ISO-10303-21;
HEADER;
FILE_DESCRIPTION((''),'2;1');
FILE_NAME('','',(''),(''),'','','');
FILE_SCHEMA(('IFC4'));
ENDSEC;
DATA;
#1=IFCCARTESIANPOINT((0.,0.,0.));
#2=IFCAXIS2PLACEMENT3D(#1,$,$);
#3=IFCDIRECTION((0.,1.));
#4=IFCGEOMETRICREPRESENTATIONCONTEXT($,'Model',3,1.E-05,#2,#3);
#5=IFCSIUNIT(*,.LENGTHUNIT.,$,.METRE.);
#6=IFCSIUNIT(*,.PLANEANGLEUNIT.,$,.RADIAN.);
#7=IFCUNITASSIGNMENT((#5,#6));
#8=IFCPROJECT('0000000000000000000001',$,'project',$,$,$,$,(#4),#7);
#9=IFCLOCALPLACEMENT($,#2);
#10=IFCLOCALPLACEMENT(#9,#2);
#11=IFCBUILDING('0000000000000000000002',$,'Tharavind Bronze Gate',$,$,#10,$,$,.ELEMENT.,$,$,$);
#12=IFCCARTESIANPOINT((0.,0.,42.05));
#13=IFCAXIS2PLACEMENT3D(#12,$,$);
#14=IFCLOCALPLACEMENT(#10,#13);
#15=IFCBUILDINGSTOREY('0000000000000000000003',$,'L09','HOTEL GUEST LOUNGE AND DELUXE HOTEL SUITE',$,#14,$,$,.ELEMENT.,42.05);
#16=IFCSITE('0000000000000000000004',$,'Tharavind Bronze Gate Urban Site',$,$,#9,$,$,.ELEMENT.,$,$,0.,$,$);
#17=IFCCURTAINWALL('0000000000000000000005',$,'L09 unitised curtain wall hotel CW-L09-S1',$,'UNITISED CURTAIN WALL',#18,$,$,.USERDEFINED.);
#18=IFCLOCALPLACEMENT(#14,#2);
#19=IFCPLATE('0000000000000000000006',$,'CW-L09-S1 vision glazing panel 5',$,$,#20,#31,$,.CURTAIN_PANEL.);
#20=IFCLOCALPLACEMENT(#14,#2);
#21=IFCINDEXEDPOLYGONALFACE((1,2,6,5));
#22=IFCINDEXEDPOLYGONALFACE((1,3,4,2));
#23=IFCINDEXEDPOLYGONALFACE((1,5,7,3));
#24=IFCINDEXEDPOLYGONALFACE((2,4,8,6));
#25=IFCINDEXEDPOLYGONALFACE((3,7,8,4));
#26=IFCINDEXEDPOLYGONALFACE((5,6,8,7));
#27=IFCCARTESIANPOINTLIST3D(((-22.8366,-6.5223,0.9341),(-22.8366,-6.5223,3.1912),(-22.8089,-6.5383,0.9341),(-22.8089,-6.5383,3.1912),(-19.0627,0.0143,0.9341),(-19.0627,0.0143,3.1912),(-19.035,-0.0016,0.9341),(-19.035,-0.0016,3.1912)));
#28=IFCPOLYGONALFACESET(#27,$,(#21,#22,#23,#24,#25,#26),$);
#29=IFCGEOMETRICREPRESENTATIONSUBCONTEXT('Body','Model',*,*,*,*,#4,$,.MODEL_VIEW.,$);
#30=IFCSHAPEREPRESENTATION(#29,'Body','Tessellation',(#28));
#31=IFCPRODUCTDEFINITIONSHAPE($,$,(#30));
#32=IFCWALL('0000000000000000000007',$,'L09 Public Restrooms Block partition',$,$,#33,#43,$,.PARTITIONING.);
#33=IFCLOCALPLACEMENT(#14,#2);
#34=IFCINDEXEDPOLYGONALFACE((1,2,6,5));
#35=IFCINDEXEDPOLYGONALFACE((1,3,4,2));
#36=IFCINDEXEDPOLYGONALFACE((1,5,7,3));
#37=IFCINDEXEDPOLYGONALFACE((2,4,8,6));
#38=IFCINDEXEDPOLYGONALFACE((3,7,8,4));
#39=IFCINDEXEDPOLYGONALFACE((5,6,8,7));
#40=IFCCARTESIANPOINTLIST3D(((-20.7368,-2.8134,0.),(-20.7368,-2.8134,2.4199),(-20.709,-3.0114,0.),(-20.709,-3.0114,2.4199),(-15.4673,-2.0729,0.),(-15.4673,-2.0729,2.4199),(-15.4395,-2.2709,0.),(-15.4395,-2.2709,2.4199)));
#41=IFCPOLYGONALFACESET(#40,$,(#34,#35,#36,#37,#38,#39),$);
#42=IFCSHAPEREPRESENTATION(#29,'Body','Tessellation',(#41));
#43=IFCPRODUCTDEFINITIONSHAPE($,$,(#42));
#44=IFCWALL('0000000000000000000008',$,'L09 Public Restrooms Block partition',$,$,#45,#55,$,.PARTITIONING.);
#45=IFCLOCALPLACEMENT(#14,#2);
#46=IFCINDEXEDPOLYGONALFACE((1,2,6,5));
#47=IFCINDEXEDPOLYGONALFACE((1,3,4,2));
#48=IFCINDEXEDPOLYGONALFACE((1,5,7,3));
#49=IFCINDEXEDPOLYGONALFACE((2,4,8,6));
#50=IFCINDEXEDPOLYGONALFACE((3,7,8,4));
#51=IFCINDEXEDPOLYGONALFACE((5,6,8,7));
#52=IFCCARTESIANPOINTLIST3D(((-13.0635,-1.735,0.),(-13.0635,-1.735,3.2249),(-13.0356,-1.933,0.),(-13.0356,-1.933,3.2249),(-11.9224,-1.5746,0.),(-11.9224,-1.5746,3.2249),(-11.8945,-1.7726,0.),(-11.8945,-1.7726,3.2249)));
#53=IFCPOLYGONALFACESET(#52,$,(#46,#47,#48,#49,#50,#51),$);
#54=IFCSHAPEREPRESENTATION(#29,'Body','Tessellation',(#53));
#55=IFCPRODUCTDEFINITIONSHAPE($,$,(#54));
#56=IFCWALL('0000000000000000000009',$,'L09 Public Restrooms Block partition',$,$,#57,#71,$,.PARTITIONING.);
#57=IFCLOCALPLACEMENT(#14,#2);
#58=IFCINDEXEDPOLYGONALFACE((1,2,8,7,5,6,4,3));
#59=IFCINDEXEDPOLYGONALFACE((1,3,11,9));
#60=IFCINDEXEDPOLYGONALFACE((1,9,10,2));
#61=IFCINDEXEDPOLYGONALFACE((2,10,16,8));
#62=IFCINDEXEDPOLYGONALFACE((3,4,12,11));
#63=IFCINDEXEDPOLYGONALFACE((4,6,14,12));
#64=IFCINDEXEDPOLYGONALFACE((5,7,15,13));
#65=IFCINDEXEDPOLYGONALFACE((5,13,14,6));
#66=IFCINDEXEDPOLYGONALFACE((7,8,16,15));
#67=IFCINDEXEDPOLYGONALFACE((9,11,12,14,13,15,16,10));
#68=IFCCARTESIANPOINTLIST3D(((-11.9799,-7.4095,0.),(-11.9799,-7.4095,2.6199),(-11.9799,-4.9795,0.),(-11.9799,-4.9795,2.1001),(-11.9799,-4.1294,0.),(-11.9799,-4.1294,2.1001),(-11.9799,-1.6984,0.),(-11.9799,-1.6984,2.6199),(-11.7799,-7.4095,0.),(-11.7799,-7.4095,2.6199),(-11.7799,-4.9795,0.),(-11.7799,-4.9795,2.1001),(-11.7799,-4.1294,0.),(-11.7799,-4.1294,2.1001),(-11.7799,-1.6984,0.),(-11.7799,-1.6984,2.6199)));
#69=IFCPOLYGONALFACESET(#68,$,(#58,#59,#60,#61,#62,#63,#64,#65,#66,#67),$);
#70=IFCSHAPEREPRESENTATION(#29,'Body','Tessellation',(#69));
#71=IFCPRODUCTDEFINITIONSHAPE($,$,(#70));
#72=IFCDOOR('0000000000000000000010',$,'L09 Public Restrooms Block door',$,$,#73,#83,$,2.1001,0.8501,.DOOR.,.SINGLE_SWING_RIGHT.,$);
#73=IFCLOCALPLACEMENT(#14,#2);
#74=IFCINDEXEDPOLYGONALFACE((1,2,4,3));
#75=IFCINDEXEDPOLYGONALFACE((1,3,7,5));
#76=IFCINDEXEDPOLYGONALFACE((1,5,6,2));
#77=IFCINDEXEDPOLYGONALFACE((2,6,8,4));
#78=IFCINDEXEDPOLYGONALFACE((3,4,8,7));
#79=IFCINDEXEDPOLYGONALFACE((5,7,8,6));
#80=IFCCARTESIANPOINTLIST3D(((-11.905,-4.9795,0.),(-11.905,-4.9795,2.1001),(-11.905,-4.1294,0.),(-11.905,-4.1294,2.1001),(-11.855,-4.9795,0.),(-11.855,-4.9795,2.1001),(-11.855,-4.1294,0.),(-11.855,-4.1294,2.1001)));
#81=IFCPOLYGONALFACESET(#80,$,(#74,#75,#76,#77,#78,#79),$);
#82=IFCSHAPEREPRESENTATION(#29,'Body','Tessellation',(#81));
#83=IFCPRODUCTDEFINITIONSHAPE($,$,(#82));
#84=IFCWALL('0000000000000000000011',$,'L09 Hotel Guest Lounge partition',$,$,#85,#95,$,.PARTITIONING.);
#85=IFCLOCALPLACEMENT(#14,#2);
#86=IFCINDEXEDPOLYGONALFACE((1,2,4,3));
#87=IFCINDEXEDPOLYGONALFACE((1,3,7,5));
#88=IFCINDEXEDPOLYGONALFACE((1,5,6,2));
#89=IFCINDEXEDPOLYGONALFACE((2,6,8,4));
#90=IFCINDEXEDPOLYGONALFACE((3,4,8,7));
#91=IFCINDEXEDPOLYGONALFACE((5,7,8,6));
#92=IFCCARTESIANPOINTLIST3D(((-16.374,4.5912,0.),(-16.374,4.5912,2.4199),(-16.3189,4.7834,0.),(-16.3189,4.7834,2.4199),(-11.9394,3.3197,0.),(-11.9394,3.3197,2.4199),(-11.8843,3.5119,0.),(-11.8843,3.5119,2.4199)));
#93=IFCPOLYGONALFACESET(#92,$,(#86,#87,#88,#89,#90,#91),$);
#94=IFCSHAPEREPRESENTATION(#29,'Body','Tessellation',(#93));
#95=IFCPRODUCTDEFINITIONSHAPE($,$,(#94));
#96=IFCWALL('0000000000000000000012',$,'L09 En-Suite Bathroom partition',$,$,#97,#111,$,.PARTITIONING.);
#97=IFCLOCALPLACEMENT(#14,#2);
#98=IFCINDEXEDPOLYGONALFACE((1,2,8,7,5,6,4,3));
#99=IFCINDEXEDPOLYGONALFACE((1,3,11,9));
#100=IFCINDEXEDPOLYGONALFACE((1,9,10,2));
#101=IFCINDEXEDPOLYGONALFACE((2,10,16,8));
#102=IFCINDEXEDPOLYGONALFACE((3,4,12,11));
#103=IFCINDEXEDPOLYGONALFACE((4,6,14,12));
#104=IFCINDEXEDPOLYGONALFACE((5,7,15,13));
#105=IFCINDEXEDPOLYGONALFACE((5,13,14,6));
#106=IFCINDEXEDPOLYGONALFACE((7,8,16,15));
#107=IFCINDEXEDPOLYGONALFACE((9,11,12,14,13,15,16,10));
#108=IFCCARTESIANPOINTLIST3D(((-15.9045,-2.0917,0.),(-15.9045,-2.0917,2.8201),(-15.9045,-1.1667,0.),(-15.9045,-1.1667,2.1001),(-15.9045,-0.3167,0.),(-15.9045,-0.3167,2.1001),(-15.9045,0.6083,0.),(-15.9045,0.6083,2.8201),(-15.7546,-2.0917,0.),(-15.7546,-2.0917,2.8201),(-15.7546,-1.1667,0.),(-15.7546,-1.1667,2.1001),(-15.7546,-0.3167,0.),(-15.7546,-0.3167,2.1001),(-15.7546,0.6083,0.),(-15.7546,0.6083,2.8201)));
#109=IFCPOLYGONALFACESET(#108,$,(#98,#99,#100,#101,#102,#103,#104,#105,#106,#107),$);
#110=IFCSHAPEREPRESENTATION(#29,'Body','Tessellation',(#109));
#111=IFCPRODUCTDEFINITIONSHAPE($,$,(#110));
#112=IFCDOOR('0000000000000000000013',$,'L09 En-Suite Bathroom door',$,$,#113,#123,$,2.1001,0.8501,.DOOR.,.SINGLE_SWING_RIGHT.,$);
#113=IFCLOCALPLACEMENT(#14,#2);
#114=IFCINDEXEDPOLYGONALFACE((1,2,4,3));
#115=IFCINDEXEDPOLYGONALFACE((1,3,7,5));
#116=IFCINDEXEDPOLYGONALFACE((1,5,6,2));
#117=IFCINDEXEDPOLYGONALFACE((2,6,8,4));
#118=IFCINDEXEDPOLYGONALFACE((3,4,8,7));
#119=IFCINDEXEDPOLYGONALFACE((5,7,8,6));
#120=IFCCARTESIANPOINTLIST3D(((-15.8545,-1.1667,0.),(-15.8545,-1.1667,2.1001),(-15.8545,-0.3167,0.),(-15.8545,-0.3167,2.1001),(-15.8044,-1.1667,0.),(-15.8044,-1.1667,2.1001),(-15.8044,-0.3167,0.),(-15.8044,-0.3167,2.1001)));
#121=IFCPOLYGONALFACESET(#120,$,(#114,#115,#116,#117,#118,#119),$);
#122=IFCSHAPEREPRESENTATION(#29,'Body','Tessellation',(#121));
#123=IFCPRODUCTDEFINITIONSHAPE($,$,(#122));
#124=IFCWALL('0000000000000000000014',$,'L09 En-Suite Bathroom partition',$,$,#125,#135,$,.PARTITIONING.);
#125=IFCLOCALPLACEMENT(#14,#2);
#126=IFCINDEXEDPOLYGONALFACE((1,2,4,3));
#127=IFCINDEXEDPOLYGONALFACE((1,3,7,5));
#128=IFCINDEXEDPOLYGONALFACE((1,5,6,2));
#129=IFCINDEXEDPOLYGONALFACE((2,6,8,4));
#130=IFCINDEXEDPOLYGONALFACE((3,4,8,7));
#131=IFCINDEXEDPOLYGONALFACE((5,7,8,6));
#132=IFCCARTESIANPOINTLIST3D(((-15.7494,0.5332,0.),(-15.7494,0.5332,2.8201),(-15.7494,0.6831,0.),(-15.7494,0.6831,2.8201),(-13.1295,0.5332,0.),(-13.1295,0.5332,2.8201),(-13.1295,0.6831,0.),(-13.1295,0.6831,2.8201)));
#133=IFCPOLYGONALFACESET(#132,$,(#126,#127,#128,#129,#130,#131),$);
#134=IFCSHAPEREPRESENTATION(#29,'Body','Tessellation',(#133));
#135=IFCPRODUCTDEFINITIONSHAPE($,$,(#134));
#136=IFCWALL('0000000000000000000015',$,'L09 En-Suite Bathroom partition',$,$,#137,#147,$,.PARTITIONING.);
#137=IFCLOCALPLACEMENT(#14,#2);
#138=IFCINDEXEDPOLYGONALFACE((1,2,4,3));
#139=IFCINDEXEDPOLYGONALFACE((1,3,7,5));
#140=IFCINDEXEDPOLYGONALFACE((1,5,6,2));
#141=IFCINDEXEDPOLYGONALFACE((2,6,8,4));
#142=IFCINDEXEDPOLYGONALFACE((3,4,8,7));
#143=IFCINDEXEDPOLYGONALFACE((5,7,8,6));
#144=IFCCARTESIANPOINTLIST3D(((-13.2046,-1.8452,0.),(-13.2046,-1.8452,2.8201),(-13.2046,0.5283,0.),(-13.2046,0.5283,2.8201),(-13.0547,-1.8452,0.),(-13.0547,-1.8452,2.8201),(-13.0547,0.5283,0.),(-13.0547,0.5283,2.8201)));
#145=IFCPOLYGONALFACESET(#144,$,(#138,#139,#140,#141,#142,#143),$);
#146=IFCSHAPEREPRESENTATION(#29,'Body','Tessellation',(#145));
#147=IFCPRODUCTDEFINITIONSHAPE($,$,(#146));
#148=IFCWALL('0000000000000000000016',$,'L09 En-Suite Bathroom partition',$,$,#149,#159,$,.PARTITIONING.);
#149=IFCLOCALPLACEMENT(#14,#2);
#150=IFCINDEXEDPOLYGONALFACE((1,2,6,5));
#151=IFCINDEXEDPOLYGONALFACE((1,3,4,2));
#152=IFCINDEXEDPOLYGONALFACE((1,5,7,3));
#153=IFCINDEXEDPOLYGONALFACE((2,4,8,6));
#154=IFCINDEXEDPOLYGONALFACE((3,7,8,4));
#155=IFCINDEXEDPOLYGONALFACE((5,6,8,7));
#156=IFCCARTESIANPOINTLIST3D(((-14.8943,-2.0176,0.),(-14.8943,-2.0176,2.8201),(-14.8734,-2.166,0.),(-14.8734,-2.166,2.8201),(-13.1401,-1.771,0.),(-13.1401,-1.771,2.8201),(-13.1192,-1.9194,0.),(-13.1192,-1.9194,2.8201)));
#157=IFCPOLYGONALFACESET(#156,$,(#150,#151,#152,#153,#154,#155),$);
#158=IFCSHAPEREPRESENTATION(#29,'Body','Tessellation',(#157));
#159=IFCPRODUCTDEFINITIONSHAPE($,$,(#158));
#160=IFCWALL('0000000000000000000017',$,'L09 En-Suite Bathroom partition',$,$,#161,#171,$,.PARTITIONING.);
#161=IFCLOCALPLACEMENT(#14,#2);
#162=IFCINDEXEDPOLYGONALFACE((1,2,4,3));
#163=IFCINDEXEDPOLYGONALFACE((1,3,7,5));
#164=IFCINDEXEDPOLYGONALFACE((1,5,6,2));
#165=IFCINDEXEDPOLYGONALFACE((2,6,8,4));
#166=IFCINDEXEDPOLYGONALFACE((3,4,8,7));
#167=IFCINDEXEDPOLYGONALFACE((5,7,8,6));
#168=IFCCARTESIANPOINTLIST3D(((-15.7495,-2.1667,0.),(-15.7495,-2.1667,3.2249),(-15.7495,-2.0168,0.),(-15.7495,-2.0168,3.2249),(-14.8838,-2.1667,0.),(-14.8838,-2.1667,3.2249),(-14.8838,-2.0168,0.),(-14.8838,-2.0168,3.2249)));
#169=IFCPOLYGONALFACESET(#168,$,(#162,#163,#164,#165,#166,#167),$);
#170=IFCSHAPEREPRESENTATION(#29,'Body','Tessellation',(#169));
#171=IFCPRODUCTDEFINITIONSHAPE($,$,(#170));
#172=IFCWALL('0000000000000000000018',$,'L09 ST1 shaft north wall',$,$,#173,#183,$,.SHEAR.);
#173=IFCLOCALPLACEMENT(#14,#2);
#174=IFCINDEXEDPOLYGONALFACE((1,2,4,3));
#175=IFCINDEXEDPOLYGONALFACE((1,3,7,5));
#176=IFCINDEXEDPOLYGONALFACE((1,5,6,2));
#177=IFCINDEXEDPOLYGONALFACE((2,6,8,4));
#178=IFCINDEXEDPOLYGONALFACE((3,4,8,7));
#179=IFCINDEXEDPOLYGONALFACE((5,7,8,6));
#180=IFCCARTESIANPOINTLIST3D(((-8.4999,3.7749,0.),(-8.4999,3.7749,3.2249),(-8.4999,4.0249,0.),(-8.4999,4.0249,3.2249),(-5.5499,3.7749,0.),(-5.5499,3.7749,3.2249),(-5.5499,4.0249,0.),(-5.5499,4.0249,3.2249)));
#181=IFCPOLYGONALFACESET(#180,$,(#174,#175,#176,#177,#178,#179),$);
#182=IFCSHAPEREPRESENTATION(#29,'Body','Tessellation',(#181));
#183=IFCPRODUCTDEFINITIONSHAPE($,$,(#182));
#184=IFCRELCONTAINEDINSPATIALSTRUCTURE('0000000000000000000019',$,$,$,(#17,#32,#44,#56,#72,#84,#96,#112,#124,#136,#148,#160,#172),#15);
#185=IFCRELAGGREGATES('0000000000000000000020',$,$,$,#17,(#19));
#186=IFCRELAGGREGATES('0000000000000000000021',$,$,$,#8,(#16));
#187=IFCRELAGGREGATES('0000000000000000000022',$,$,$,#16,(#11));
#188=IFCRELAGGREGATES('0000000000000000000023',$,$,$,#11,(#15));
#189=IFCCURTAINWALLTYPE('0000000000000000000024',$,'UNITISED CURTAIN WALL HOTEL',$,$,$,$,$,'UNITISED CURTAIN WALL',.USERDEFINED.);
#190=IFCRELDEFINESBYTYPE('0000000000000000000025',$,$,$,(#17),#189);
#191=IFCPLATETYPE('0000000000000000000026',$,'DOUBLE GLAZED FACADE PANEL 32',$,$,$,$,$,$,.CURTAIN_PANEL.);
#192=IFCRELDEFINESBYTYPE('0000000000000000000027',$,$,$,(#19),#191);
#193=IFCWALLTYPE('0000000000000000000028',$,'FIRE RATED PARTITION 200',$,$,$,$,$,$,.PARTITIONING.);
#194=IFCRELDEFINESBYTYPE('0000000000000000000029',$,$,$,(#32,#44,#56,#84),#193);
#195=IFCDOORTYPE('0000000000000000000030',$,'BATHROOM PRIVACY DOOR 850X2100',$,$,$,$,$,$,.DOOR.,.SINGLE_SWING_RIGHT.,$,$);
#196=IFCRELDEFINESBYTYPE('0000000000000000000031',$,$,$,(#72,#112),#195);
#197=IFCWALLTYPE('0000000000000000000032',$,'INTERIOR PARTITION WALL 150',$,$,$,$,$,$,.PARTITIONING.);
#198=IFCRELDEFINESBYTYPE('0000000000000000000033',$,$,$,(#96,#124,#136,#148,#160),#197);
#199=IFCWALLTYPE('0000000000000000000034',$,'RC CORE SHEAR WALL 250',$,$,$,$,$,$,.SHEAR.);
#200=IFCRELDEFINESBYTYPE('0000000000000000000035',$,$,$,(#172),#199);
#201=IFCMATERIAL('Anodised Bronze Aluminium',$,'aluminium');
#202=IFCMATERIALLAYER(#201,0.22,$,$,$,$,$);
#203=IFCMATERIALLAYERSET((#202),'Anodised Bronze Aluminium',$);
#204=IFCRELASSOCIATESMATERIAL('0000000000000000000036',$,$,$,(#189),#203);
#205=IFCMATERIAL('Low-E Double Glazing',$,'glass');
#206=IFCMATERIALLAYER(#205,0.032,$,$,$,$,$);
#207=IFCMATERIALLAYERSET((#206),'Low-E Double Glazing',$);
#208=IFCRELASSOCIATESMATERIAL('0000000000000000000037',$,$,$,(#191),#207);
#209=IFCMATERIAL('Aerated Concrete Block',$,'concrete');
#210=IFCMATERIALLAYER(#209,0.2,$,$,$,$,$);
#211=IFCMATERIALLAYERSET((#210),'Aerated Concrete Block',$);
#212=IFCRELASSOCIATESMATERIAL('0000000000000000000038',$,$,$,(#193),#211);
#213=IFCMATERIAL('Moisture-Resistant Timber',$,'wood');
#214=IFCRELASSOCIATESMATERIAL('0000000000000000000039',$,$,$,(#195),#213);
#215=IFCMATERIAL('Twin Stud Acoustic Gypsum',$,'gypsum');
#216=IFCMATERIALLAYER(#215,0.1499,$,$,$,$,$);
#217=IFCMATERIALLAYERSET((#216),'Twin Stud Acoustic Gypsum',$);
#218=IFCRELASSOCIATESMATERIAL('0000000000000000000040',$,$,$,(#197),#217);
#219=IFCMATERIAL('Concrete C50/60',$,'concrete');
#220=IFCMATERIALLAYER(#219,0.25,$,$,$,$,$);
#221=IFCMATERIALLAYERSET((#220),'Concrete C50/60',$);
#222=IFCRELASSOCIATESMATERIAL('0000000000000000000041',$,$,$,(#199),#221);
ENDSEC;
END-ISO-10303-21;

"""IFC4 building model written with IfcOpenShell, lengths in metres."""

from ifc_helpers import new_model, si_unit, direction, frame, frame_2d, origin, origin_2d, place, context, subcontext, project, spatial, rectangle, extrude, material, layer, layer_set, type_object, element, fill, aggregate, save


model = new_model("IFC4")

# Units and contexts
model_context = context("Model", 3, precision=1e-05, world=origin(), true_north=direction((0.0, 1.0)))
body_context = subcontext(model_context, "Body", "Model", "MODEL_VIEW")
ifc_project = project(units=[si_unit("LENGTHUNIT", "METRE"), si_unit("PLANEANGLEUNIT", "RADIAN")], contexts=[model_context])

# Site, building, storey
site_placement = place(None, origin())
site = spatial("IfcSite", under=ifc_project, at=site_placement, Name="Tharavind Bronze Gate Urban Site", CompositionType="ELEMENT", RefElevation=0.0)
building_placement = place(site_placement, origin())
building = spatial("IfcBuilding", under=site, at=building_placement, Name="Tharavind Bronze Gate", CompositionType="ELEMENT")
storey_placement = place(building_placement, frame((0.0, 0.0, 42.05)))
storey = spatial("IfcBuildingStorey", under=building, at=storey_placement, Name="L09", Description="HOTEL GUEST LOUNGE AND DELUXE HOTEL SUITE", CompositionType="ELEMENT", Elevation=42.05)

# Curtain wall
ifc_material_1 = material(Name="Anodised Bronze Aluminium", Category="aluminium")
ifc_layer_1 = layer(ifc_material_1, 0.22)
ifc_layer_set_1 = layer_set([ifc_layer_1], Name="Anodised Bronze Aluminium")
curtain_wall_type = type_object("IfcCurtainWallType", Name="UNITISED CURTAIN WALL HOTEL", ElementType="UNITISED CURTAIN WALL", PredefinedType="USERDEFINED", material=ifc_layer_set_1)
curtain_wall_placement = place(storey_placement, origin())
curtain_wall = element("IfcCurtainWall", 1, at=curtain_wall_placement, inside=storey, type_object=curtain_wall_type, Name="L09 unitised curtain wall hotel CW-L09-S1", ObjectType="UNITISED CURTAIN WALL", PredefinedType="USERDEFINED")

# Plate
ifc_material_2 = material(Name="Low-E Double Glazing", Category="glass")
ifc_layer_2 = layer(ifc_material_2, 0.032)
ifc_layer_set_2 = layer_set([ifc_layer_2], Name="Low-E Double Glazing")
plate_type_1 = type_object("IfcPlateType", Name="DOUBLE GLAZED FACADE PANEL 32", PredefinedType="CURTAIN_PANEL", material=ifc_layer_set_2)
plate_1_placement = place(storey_placement, frame((-20.9358, -3.262, 0.9341), z_axis=(0.0, 0.0, 1.0), x_axis=(-0.500002, -0.866025, 0.0)))
plate_1 = element("IfcPlate", 2, at=plate_1_placement, type_object=plate_type_1, Name="CW-L09-S1 vision glazing panel 5", PredefinedType="CURTAIN_PANEL", context=body_context, shape_type="SweptSolid", body=[
    extrude(rectangle(XDim=7.5479, YDim=0.032, at=origin_2d()), origin(), (0.0, 0.0, 1.0), 2.2571),
])
aggregate(curtain_wall, [plate_1])

# Walls
ifc_material_3 = material(Name="Aerated Concrete Block", Category="concrete")
ifc_layer_3 = layer(ifc_material_3, 0.2)
ifc_layer_set_3 = layer_set([ifc_layer_3], Name="Aerated Concrete Block")
wall_type_1 = type_object("IfcWallType", Name="FIRE RATED PARTITION 200", PredefinedType="PARTITIONING", material=ifc_layer_set_3)
wall_1_placement = place(storey_placement, frame((-20.7229, -2.9124, 0.0), z_axis=(0.0, 0.0, 1.0), x_axis=(0.990271, 0.139154, 0.0)))
element("IfcWall", 3, at=wall_1_placement, inside=storey, type_object=wall_type_1, Name="L09 Public Restrooms Block partition", PredefinedType="PARTITIONING", context=body_context, shape_type="SweptSolid", body=[
    extrude(rectangle(XDim=5.3213, YDim=0.2, at=frame_2d((2.6606, 0.0))), origin(), (0.0, 0.0, 1.0), 2.4199),
])
wall_2_placement = place(storey_placement, frame((-13.0496, -1.834, 0.0), z_axis=(0.0, 0.0, 1.0), x_axis=(0.990265, 0.139196, 0.0)))
element("IfcWall", 4, at=wall_2_placement, inside=storey, type_object=wall_type_1, Name="L09 Public Restrooms Block partition", PredefinedType="PARTITIONING", context=body_context, shape_type="SweptSolid", body=[
    extrude(rectangle(XDim=1.1523, YDim=0.2, at=frame_2d((0.5762, 0.0))), origin(), (0.0, 0.0, 1.0), 3.2249),
])

# Wall, opening, door
wall_3_placement = place(storey_placement, frame((-11.8799, -1.6985, 0.0), z_axis=(0.0, 0.0, 1.0), x_axis=(0.0, -1.0, 0.0)))
wall_3 = element("IfcWall", 5, at=wall_3_placement, inside=storey, type_object=wall_type_1, Name="L09 Public Restrooms Block partition", PredefinedType="PARTITIONING", context=body_context, shape_type="SweptSolid", body=[
    extrude(rectangle(XDim=5.7112, YDim=0.2, at=frame_2d((2.8555, 0.0))), origin(), (0.0, 0.0, 1.0), 2.6199),
])
opening_1_placement = place(wall_3_placement, frame((2.4309, 0.0, 0.0)))
opening_1 = element("IfcOpeningElement", 6, at=opening_1_placement, cuts=wall_3, PredefinedType="OPENING", context=body_context, shape_type="SweptSolid", body=[
    extrude(rectangle(XDim=0.8501, YDim=2.1001, at=frame_2d((0.425, 1.05))), frame((0.0, 0.1101, 0.0), z_axis=(0.0, -1.0, 0.0), x_axis=(1.0, 0.0, 0.0)), (0.0, 0.0, 1.0), 0.22),
])
ifc_material_4 = material(Name="Moisture-Resistant Timber", Category="wood")
door_type_1 = type_object("IfcDoorType", Name="BATHROOM PRIVACY DOOR 850X2100", OperationType="SINGLE_SWING_RIGHT", PredefinedType="DOOR", material=ifc_material_4)
door_1_placement = place(opening_1_placement, origin())
door_1 = element("IfcDoor", 7, at=door_1_placement, inside=storey, type_object=door_type_1, Name="L09 Public Restrooms Block door", OperationType="SINGLE_SWING_RIGHT", OverallHeight=2.1001, OverallWidth=0.8501, PredefinedType="DOOR", context=body_context, shape_type="SweptSolid", body=[
    extrude(rectangle(XDim=0.8501, YDim=2.1001, at=frame_2d((0.425, 1.05))), frame((0.0, 0.0249, 0.0), z_axis=(0.0, -1.0, 0.0), x_axis=(1.0, 0.0, 0.0)), (0.0, 0.0, 1.0), 0.05),
])
fill(opening_1, door_1)

# Wall
wall_4_placement = place(storey_placement, frame((-11.9119, 3.4158, 0.0), z_axis=(0.0, 0.0, 1.0), x_axis=(-0.961268, 0.275616, 0.0)))
element("IfcWall", 8, at=wall_4_placement, inside=storey, type_object=wall_type_1, Name="L09 Hotel Guest Lounge partition", PredefinedType="PARTITIONING", context=body_context, shape_type="SweptSolid", body=[
    extrude(rectangle(XDim=4.6133, YDim=0.2, at=frame_2d((2.3066, 0.0))), origin(), (0.0, 0.0, 1.0), 2.4199),
])

# Wall, opening, door
ifc_material_5 = material(Name="Twin Stud Acoustic Gypsum", Category="gypsum")
ifc_layer_4 = layer(ifc_material_5, 0.1499)
ifc_layer_set_4 = layer_set([ifc_layer_4], Name="Twin Stud Acoustic Gypsum")
wall_type_2 = type_object("IfcWallType", Name="INTERIOR PARTITION WALL 150", PredefinedType="PARTITIONING", material=ifc_layer_set_4)
wall_5_placement = place(storey_placement, frame((-15.8296, -2.0918, 0.0), z_axis=(0.0, 0.0, 1.0), x_axis=(0.0, 1.0, 0.0)))
wall_5 = element("IfcWall", 9, at=wall_5_placement, inside=storey, type_object=wall_type_2, Name="L09 En-Suite Bathroom partition", PredefinedType="PARTITIONING", context=body_context, shape_type="SweptSolid", body=[
    extrude(rectangle(XDim=2.7, YDim=0.1499, at=frame_2d((1.3501, 0.0))), origin(), (0.0, 0.0, 1.0), 2.8201),
])
opening_2_placement = place(wall_5_placement, frame((0.925, 0.0, 0.0)))
opening_2 = element("IfcOpeningElement", 10, at=opening_2_placement, cuts=wall_5, PredefinedType="OPENING", context=body_context, shape_type="SweptSolid", body=[
    extrude(rectangle(XDim=0.8501, YDim=2.1001, at=frame_2d((0.425, 1.05))), frame((0.0, 0.085, 0.0), z_axis=(0.0, -1.0, 0.0), x_axis=(1.0, 0.0, 0.0)), (0.0, 0.0, 1.0), 0.1699),
])
door_2_placement = place(opening_2_placement, origin())
door_2 = element("IfcDoor", 11, at=door_2_placement, inside=storey, type_object=door_type_1, Name="L09 En-Suite Bathroom door", OperationType="SINGLE_SWING_RIGHT", OverallHeight=2.1001, OverallWidth=0.8501, PredefinedType="DOOR", context=body_context, shape_type="SweptSolid", body=[
    extrude(rectangle(XDim=0.8501, YDim=2.1001, at=frame_2d((0.425, 1.05))), frame((0.0, 0.0249, 0.0), z_axis=(0.0, -1.0, 0.0), x_axis=(1.0, 0.0, 0.0)), (0.0, 0.0, 1.0), 0.05),
])
fill(opening_2, door_2)

# Walls
wall_6_placement = place(storey_placement, frame((-15.7495, 0.6082, 0.0), z_axis=(0.0, 0.0, 1.0), x_axis=(1.0, 0.0, 0.0)))
element("IfcWall", 12, at=wall_6_placement, inside=storey, type_object=wall_type_2, Name="L09 En-Suite Bathroom partition", PredefinedType="PARTITIONING", context=body_context, shape_type="SweptSolid", body=[
    extrude(rectangle(XDim=2.6199, YDim=0.1499, at=frame_2d((1.3101, 0.0))), origin(), (0.0, 0.0, 1.0), 2.8201),
])
wall_7_placement = place(storey_placement, frame((-13.1296, 0.5283, 0.0), z_axis=(0.0, 0.0, 1.0), x_axis=(0.0, -1.0, 0.0)))
element("IfcWall", 13, at=wall_7_placement, inside=storey, type_object=wall_type_2, Name="L09 En-Suite Bathroom partition", PredefinedType="PARTITIONING", context=body_context, shape_type="SweptSolid", body=[
    extrude(rectangle(XDim=2.3735, YDim=0.1499, at=frame_2d((1.1868, 0.0))), origin(), (0.0, 0.0, 1.0), 2.8201),
])
wall_8_placement = place(storey_placement, frame((-13.1296, -1.8452, 0.0), z_axis=(0.0, 0.0, 1.0), x_axis=(-0.990264, -0.139202, 0.0)))
element("IfcWall", 14, at=wall_8_placement, inside=storey, type_object=wall_type_2, Name="L09 En-Suite Bathroom partition", PredefinedType="PARTITIONING", context=body_context, shape_type="SweptSolid", body=[
    extrude(rectangle(XDim=1.7715, YDim=0.1499, at=frame_2d((0.8857, 0.0))), origin(), (0.0, 0.0, 1.0), 2.8201),
])
wall_9_placement = place(storey_placement, frame((-14.8838, -2.0918, 0.0), z_axis=(0.0, 0.0, 1.0), x_axis=(-1.0, 0.0, 0.0)))
element("IfcWall", 15, at=wall_9_placement, inside=storey, type_object=wall_type_2, Name="L09 En-Suite Bathroom partition", PredefinedType="PARTITIONING", context=body_context, shape_type="SweptSolid", body=[
    extrude(rectangle(XDim=0.8657, YDim=0.1499, at=frame_2d((0.4329, 0.0))), origin(), (0.0, 0.0, 1.0), 3.2249),
])
ifc_material_6 = material(Name="Concrete C50/60", Category="concrete")
ifc_layer_5 = layer(ifc_material_6, 0.25)
ifc_layer_set_5 = layer_set([ifc_layer_5], Name="Concrete C50/60")
wall_type_3 = type_object("IfcWallType", Name="RC CORE SHEAR WALL 250", PredefinedType="SHEAR", material=ifc_layer_set_5)
wall_10_placement = place(storey_placement, frame((-8.5, 3.8999, 0.0), z_axis=(0.0, 0.0, 1.0), x_axis=(1.0, 0.0, 0.0)))
element("IfcWall", 16, at=wall_10_placement, inside=storey, type_object=wall_type_3, Name="L09 ST1 shaft north wall", PredefinedType="SHEAR", context=body_context, shape_type="SweptSolid", body=[
    extrude(rectangle(XDim=2.95, YDim=0.25, at=frame_2d((1.4751, 0.0))), origin(), (0.0, 0.0, 1.0), 3.2249),
])

save(model, "model.ifc")
